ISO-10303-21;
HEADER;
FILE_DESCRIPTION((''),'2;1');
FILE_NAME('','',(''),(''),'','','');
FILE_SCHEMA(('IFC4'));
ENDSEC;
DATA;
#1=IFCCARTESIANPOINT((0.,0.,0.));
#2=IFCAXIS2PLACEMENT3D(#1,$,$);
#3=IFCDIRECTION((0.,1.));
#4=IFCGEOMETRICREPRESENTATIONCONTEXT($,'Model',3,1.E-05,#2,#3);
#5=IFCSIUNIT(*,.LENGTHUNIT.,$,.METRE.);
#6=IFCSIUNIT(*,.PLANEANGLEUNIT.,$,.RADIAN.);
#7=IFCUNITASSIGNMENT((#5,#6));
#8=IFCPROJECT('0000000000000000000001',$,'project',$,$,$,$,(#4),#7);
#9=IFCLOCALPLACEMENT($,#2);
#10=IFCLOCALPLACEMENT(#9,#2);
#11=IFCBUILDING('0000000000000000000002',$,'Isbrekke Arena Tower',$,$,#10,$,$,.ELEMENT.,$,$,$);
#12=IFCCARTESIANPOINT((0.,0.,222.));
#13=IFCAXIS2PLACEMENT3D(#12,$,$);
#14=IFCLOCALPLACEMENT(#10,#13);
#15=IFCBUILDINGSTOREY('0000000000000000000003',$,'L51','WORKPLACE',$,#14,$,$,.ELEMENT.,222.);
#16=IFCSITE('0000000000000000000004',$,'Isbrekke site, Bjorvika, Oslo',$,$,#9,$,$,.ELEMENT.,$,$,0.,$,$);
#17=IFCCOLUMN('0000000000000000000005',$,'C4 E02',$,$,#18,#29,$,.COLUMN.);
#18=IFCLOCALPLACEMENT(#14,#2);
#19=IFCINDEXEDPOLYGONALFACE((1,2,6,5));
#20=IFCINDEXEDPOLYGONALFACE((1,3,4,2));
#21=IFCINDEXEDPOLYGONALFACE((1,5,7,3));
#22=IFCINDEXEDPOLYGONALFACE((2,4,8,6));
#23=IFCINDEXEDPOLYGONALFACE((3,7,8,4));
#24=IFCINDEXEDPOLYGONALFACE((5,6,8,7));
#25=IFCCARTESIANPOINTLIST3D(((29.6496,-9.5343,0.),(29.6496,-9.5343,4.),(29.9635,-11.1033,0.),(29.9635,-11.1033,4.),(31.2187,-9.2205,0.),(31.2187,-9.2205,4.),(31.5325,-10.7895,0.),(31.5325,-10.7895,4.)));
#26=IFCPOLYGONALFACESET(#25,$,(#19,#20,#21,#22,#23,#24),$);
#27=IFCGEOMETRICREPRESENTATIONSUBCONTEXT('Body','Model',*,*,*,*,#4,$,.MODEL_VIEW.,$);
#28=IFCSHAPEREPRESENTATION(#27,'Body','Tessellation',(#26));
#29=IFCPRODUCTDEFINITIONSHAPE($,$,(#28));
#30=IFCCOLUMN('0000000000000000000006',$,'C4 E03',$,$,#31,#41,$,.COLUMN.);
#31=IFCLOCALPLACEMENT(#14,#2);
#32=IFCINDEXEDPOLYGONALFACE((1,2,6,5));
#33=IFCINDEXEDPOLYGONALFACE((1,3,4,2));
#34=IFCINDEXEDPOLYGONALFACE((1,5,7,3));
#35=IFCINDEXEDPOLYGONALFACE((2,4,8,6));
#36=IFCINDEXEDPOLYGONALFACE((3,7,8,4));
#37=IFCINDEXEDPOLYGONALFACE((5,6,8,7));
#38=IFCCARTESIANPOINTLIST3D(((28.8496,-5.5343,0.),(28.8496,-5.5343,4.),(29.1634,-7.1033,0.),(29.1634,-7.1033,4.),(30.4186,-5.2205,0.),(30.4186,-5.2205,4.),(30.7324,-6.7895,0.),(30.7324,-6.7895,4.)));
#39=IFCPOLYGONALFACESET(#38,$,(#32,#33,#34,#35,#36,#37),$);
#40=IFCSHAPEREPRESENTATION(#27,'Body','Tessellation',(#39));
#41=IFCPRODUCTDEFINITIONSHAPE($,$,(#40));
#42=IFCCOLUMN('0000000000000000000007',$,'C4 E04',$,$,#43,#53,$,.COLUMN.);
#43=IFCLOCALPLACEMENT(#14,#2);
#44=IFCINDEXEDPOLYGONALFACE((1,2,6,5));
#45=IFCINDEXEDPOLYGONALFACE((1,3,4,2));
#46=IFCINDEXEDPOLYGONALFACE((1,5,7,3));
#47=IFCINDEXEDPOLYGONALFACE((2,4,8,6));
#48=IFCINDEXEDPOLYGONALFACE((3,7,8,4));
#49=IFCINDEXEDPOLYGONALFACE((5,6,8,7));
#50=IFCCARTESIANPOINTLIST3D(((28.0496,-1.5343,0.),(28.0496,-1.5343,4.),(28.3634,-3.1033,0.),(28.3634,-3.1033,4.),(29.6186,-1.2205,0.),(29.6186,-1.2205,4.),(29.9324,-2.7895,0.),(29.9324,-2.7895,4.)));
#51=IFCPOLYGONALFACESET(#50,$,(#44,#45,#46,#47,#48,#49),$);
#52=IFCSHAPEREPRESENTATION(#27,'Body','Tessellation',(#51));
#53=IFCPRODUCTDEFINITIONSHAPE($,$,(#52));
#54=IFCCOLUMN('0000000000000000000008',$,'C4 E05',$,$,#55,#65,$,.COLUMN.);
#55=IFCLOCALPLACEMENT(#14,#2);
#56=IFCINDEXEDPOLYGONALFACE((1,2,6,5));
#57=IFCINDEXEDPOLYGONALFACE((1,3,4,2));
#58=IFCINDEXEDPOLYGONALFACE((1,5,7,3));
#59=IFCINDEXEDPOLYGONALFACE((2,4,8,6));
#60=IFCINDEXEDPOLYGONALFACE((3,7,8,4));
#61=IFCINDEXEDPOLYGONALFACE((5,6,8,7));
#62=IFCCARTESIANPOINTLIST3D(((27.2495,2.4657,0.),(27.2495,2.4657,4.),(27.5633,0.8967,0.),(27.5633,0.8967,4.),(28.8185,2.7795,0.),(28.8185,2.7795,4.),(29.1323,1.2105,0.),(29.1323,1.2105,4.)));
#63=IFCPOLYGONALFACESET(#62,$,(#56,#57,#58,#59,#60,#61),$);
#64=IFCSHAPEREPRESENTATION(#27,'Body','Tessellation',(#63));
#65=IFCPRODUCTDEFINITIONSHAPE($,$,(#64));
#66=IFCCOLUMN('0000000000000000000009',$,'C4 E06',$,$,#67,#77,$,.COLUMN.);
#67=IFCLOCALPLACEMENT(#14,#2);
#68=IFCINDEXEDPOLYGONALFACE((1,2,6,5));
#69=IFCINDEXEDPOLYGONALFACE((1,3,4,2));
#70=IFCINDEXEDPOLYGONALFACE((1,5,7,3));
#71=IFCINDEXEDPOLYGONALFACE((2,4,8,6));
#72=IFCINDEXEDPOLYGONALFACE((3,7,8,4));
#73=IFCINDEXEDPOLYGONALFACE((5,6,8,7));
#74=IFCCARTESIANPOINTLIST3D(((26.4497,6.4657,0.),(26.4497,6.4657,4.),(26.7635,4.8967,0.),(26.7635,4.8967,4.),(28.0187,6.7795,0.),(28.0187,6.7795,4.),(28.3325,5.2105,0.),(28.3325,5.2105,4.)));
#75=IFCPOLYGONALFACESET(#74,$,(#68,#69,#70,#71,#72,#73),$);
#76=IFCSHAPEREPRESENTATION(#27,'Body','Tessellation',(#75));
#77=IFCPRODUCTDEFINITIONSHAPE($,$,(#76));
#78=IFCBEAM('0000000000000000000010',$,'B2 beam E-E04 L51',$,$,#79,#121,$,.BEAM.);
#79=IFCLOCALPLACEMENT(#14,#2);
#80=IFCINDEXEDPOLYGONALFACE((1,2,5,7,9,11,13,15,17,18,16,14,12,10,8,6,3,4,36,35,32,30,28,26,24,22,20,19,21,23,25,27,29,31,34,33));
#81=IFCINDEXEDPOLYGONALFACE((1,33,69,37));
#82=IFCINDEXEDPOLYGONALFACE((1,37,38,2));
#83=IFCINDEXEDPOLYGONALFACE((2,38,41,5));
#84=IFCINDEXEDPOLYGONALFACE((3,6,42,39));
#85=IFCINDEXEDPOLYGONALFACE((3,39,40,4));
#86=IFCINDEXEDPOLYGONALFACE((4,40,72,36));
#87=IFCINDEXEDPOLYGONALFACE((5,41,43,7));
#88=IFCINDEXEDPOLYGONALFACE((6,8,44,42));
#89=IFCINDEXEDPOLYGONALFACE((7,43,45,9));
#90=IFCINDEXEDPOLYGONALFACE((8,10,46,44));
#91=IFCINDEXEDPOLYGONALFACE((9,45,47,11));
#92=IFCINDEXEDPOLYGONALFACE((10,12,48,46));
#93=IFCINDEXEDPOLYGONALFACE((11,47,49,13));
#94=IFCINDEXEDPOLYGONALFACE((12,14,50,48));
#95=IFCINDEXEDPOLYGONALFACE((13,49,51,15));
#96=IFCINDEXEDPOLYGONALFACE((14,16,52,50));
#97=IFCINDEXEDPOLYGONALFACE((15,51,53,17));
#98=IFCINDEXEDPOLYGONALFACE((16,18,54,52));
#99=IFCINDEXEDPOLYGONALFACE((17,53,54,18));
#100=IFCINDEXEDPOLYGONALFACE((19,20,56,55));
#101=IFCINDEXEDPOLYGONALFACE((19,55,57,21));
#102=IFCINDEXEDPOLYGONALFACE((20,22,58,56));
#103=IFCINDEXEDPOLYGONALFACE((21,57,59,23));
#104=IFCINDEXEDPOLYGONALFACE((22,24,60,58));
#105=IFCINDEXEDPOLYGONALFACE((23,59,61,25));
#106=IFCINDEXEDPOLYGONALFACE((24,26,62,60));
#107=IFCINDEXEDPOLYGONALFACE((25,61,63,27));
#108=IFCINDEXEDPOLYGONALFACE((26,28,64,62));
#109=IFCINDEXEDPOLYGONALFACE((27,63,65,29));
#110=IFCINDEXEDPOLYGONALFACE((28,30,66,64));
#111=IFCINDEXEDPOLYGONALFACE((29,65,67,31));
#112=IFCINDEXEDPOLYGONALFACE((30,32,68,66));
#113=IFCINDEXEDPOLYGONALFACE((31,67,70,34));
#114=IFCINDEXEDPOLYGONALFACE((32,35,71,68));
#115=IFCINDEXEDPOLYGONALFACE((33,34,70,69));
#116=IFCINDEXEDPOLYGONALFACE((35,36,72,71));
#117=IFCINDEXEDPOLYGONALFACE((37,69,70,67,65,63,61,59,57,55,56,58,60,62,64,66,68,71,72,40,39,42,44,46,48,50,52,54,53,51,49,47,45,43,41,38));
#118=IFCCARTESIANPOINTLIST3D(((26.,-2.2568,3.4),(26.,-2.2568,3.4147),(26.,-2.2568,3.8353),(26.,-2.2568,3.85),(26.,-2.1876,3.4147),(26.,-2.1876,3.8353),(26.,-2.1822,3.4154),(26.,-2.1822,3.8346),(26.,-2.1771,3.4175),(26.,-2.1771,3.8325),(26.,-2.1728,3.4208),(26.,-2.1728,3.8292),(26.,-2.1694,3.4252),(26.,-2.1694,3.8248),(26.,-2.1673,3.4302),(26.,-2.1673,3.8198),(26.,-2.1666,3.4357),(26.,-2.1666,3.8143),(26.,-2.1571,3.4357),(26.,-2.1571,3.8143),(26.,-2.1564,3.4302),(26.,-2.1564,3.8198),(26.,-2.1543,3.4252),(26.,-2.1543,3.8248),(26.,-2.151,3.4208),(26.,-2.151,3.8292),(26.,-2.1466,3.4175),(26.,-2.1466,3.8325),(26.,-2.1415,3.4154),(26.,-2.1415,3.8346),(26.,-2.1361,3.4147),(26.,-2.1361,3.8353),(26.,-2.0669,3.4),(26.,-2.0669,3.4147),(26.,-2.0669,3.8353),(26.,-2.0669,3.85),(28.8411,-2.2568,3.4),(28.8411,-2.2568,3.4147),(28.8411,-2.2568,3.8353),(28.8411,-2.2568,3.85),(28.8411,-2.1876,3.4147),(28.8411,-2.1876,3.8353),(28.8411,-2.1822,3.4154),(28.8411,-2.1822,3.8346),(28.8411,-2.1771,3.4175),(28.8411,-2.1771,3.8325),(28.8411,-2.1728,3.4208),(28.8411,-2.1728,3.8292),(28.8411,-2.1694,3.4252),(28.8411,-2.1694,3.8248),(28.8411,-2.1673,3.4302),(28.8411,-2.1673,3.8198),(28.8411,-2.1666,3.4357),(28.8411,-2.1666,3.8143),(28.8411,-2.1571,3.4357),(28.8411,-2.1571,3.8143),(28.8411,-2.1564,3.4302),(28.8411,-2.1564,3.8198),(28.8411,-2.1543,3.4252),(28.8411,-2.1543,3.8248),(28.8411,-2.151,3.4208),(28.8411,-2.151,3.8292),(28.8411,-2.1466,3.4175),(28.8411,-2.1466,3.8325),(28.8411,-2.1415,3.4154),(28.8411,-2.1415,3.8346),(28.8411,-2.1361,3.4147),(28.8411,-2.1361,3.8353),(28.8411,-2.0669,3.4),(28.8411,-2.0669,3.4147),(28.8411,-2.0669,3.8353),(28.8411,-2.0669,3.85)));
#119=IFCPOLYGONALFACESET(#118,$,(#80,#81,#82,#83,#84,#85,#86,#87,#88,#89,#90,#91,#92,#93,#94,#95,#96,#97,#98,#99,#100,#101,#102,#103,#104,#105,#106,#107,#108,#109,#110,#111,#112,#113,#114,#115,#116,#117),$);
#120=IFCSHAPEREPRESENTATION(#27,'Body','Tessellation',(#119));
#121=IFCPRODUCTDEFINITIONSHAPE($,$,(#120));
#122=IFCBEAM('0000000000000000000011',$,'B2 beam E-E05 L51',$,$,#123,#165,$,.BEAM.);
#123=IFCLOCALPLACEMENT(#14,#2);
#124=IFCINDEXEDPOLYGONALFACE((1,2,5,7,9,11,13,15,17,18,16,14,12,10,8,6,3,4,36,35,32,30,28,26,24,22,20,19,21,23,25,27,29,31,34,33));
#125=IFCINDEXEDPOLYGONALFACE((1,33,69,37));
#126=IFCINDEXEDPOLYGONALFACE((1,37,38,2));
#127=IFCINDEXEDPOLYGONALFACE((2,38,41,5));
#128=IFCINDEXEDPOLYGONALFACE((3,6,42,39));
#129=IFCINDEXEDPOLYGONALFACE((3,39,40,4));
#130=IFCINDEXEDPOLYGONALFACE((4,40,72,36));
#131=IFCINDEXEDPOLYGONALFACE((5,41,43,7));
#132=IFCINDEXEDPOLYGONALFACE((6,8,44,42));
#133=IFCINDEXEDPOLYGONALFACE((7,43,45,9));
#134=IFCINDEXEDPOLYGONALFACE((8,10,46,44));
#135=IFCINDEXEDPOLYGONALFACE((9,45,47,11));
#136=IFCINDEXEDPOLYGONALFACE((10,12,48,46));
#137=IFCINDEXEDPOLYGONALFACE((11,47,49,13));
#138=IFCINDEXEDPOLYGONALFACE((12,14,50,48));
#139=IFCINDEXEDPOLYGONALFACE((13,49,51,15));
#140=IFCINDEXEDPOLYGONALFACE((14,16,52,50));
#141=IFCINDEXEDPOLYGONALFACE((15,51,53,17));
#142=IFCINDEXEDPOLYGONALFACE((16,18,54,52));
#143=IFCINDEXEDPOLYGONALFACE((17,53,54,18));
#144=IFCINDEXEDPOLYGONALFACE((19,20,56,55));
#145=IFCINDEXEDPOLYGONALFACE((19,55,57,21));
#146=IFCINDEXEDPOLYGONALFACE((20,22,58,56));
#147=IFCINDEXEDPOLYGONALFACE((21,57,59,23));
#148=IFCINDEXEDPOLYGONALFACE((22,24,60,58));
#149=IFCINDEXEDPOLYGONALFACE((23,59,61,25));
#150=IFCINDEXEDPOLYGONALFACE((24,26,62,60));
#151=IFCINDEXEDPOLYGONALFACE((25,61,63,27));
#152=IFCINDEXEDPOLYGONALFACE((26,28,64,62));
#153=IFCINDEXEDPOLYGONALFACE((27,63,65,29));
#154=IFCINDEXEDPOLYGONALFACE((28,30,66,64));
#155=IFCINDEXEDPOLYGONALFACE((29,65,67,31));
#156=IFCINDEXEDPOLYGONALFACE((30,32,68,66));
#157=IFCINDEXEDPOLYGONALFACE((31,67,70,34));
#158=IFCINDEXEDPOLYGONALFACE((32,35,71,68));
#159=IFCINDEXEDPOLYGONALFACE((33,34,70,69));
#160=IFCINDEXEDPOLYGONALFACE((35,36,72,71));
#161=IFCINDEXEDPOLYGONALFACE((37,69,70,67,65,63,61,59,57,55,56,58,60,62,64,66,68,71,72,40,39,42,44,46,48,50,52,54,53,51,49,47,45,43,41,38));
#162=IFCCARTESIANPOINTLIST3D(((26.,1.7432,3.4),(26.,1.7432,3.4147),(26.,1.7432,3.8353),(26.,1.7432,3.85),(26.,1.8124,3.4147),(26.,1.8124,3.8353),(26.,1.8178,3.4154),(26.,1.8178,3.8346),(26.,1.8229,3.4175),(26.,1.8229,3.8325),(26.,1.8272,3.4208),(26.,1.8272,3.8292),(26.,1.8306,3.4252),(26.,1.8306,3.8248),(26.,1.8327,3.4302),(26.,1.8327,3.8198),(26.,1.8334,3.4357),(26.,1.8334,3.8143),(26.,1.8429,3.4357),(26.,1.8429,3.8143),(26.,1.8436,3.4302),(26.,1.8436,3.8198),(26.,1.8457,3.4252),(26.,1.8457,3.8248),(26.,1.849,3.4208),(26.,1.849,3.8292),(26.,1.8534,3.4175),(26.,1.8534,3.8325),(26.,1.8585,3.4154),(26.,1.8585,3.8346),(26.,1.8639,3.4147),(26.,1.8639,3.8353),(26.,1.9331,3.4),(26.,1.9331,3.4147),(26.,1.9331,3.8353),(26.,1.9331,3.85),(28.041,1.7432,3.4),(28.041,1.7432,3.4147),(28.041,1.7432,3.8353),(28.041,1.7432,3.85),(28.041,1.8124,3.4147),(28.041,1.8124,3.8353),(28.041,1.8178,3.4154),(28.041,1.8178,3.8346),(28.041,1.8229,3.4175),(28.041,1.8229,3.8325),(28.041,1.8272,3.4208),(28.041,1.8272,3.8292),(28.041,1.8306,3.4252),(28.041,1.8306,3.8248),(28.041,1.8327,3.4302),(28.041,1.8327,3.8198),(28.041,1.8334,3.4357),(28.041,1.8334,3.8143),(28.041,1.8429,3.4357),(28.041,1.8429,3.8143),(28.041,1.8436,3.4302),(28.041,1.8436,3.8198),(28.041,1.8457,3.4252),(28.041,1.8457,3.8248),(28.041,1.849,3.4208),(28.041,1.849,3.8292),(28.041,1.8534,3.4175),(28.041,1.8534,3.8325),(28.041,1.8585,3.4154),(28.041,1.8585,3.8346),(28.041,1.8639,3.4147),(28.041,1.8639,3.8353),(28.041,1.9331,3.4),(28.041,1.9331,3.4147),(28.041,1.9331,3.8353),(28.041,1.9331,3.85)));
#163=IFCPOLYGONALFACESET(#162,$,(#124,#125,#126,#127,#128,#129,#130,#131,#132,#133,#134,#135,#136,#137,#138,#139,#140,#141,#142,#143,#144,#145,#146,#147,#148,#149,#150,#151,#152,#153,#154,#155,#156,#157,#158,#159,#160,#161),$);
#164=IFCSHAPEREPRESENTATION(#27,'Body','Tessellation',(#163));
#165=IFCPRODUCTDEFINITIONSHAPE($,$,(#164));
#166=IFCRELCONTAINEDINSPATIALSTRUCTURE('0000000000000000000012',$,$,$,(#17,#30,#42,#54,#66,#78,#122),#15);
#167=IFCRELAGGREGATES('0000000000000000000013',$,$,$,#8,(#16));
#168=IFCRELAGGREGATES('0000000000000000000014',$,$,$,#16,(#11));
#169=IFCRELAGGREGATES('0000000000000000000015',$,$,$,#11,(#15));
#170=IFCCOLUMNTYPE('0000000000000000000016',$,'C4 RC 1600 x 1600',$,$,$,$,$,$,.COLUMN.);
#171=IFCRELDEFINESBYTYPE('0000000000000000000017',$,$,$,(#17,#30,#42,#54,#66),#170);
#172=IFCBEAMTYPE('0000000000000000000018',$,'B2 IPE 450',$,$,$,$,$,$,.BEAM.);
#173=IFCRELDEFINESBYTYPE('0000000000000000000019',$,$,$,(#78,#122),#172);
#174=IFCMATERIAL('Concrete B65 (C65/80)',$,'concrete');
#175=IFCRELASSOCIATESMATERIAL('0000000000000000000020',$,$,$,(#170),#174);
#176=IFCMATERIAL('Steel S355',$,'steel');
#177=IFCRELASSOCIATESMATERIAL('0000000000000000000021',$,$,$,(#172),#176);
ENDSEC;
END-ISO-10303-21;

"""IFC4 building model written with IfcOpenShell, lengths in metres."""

from ifc_helpers import new_model, si_unit, direction, frame, origin, origin_2d, place, context, subcontext, project, spatial, rectangle, i_section, extrude, material, material_profile, profile_set, type_object, element, save


model = new_model("IFC4")

# Units and contexts
model_context = context("Model", 3, precision=1e-05, world=origin(), true_north=direction((0.0, 1.0)))
body_context = subcontext(model_context, "Body", "Model", "MODEL_VIEW")
ifc_project = project(units=[si_unit("LENGTHUNIT", "METRE"), si_unit("PLANEANGLEUNIT", "RADIAN")], contexts=[model_context])

# Site, building, storey
site_placement = place(None, origin())
site = spatial("IfcSite", under=ifc_project, at=site_placement, Name="Isbrekke site, Bjorvika, Oslo", CompositionType="ELEMENT", RefElevation=0.0)
building_placement = place(site_placement, origin())
building = spatial("IfcBuilding", under=site, at=building_placement, Name="Isbrekke Arena Tower", CompositionType="ELEMENT")
storey_placement = place(building_placement, frame((0.0, 0.0, 222.0)))
storey = spatial("IfcBuildingStorey", under=building, at=storey_placement, Name="L51", Description="WORKPLACE", CompositionType="ELEMENT", Elevation=222.0)

# Columns
ifc_material_1 = material(Name="Concrete B65 (C65/80)", Category="concrete")
ifc_material_profile_1 = material_profile(ifc_material_1, rectangle(XDim=1.6001, YDim=1.6001, at=origin_2d()), Name="RC 1600x1600")
ifc_profile_set_1 = profile_set([ifc_material_profile_1], Name="Concrete B65 (C65/80)")
column_type = type_object("IfcColumnType", Name="C4 RC 1600 x 1600", PredefinedType="COLUMN", material=ifc_profile_set_1)
for number, where, z_axis, x_axis, name in (
    (1, (30.5911, -10.1619, 0.0), (0.0, 0.0, 1.0), (-0.196116, 0.980581, 0.0), "C4 E02"),
    (2, (29.791, -6.1619, 0.0), (0.0, 0.0, 1.0), (-0.196116, 0.980581, 0.0), "C4 E03"),
    (3, (28.991, -2.1619, 0.0), (0.0, 0.0, 1.0), (-0.196116, 0.980581, 0.0), "C4 E04"),
    (4, (28.1909, 1.8381, 0.0), (0.0, 0.0, 1.0), (-0.196116, 0.980581, 0.0), "C4 E05"),
    (5, (27.3911, 5.8381, 0.0), (0.0, 0.0, 1.0), (-0.196116, 0.980581, 0.0), "C4 E06"),
):
    element("IfcColumn", number, at=place(storey_placement, frame(where, z_axis=z_axis, x_axis=x_axis)), inside=storey, type_object=column_type, Name=name, PredefinedType="COLUMN", context=body_context, shape_type="SweptSolid", body=[
        extrude(rectangle(XDim=1.6001, YDim=1.6001, at=origin_2d()), origin(), (0.0, 0.0, 1.0), 4.0),
    ])

# Beams
ifc_material_2 = material(Name="Steel S355", Category="steel")
ifc_material_profile_2 = material_profile(ifc_material_2, i_section(OverallWidth=0.1899, OverallDepth=0.45, WebThickness=0.0095, FlangeThickness=0.0146, FilletRadius=0.021, at=origin_2d()), Name="IPE 450")
ifc_profile_set_2 = profile_set([ifc_material_profile_2], Name="Steel S355")
beam_type_1 = type_object("IfcBeamType", Name="B2 IPE 450", PredefinedType="BEAM", material=ifc_profile_set_2)
beam_1_placement = place(storey_placement, frame((28.8411, -2.1619, 3.625), z_axis=(-1.0, 0.0, 0.0), x_axis=(0.0, -1.0, 0.0)))
element("IfcBeam", 6, at=beam_1_placement, inside=storey, type_object=beam_type_1, Name="B2 beam E-E04 L51", PredefinedType="BEAM", context=body_context, shape_type="SweptSolid", body=[
    extrude(i_section(OverallWidth=0.1899, OverallDepth=0.45, WebThickness=0.0095, FlangeThickness=0.0146, FilletRadius=0.021, at=origin_2d()), origin(), (0.0, 0.0, 1.0), 2.8411),
])
beam_2_placement = place(storey_placement, frame((28.041, 1.8381, 3.625), z_axis=(-1.0, 0.0, 0.0), x_axis=(0.0, -1.0, 0.0)))
element("IfcBeam", 7, at=beam_2_placement, inside=storey, type_object=beam_type_1, Name="B2 beam E-E05 L51", PredefinedType="BEAM", context=body_context, shape_type="SweptSolid", body=[
    extrude(i_section(OverallWidth=0.1899, OverallDepth=0.45, WebThickness=0.0095, FlangeThickness=0.0146, FilletRadius=0.021, at=origin_2d()), origin(), (0.0, 0.0, 1.0), 2.041),
])

save(model, "model.ifc")
